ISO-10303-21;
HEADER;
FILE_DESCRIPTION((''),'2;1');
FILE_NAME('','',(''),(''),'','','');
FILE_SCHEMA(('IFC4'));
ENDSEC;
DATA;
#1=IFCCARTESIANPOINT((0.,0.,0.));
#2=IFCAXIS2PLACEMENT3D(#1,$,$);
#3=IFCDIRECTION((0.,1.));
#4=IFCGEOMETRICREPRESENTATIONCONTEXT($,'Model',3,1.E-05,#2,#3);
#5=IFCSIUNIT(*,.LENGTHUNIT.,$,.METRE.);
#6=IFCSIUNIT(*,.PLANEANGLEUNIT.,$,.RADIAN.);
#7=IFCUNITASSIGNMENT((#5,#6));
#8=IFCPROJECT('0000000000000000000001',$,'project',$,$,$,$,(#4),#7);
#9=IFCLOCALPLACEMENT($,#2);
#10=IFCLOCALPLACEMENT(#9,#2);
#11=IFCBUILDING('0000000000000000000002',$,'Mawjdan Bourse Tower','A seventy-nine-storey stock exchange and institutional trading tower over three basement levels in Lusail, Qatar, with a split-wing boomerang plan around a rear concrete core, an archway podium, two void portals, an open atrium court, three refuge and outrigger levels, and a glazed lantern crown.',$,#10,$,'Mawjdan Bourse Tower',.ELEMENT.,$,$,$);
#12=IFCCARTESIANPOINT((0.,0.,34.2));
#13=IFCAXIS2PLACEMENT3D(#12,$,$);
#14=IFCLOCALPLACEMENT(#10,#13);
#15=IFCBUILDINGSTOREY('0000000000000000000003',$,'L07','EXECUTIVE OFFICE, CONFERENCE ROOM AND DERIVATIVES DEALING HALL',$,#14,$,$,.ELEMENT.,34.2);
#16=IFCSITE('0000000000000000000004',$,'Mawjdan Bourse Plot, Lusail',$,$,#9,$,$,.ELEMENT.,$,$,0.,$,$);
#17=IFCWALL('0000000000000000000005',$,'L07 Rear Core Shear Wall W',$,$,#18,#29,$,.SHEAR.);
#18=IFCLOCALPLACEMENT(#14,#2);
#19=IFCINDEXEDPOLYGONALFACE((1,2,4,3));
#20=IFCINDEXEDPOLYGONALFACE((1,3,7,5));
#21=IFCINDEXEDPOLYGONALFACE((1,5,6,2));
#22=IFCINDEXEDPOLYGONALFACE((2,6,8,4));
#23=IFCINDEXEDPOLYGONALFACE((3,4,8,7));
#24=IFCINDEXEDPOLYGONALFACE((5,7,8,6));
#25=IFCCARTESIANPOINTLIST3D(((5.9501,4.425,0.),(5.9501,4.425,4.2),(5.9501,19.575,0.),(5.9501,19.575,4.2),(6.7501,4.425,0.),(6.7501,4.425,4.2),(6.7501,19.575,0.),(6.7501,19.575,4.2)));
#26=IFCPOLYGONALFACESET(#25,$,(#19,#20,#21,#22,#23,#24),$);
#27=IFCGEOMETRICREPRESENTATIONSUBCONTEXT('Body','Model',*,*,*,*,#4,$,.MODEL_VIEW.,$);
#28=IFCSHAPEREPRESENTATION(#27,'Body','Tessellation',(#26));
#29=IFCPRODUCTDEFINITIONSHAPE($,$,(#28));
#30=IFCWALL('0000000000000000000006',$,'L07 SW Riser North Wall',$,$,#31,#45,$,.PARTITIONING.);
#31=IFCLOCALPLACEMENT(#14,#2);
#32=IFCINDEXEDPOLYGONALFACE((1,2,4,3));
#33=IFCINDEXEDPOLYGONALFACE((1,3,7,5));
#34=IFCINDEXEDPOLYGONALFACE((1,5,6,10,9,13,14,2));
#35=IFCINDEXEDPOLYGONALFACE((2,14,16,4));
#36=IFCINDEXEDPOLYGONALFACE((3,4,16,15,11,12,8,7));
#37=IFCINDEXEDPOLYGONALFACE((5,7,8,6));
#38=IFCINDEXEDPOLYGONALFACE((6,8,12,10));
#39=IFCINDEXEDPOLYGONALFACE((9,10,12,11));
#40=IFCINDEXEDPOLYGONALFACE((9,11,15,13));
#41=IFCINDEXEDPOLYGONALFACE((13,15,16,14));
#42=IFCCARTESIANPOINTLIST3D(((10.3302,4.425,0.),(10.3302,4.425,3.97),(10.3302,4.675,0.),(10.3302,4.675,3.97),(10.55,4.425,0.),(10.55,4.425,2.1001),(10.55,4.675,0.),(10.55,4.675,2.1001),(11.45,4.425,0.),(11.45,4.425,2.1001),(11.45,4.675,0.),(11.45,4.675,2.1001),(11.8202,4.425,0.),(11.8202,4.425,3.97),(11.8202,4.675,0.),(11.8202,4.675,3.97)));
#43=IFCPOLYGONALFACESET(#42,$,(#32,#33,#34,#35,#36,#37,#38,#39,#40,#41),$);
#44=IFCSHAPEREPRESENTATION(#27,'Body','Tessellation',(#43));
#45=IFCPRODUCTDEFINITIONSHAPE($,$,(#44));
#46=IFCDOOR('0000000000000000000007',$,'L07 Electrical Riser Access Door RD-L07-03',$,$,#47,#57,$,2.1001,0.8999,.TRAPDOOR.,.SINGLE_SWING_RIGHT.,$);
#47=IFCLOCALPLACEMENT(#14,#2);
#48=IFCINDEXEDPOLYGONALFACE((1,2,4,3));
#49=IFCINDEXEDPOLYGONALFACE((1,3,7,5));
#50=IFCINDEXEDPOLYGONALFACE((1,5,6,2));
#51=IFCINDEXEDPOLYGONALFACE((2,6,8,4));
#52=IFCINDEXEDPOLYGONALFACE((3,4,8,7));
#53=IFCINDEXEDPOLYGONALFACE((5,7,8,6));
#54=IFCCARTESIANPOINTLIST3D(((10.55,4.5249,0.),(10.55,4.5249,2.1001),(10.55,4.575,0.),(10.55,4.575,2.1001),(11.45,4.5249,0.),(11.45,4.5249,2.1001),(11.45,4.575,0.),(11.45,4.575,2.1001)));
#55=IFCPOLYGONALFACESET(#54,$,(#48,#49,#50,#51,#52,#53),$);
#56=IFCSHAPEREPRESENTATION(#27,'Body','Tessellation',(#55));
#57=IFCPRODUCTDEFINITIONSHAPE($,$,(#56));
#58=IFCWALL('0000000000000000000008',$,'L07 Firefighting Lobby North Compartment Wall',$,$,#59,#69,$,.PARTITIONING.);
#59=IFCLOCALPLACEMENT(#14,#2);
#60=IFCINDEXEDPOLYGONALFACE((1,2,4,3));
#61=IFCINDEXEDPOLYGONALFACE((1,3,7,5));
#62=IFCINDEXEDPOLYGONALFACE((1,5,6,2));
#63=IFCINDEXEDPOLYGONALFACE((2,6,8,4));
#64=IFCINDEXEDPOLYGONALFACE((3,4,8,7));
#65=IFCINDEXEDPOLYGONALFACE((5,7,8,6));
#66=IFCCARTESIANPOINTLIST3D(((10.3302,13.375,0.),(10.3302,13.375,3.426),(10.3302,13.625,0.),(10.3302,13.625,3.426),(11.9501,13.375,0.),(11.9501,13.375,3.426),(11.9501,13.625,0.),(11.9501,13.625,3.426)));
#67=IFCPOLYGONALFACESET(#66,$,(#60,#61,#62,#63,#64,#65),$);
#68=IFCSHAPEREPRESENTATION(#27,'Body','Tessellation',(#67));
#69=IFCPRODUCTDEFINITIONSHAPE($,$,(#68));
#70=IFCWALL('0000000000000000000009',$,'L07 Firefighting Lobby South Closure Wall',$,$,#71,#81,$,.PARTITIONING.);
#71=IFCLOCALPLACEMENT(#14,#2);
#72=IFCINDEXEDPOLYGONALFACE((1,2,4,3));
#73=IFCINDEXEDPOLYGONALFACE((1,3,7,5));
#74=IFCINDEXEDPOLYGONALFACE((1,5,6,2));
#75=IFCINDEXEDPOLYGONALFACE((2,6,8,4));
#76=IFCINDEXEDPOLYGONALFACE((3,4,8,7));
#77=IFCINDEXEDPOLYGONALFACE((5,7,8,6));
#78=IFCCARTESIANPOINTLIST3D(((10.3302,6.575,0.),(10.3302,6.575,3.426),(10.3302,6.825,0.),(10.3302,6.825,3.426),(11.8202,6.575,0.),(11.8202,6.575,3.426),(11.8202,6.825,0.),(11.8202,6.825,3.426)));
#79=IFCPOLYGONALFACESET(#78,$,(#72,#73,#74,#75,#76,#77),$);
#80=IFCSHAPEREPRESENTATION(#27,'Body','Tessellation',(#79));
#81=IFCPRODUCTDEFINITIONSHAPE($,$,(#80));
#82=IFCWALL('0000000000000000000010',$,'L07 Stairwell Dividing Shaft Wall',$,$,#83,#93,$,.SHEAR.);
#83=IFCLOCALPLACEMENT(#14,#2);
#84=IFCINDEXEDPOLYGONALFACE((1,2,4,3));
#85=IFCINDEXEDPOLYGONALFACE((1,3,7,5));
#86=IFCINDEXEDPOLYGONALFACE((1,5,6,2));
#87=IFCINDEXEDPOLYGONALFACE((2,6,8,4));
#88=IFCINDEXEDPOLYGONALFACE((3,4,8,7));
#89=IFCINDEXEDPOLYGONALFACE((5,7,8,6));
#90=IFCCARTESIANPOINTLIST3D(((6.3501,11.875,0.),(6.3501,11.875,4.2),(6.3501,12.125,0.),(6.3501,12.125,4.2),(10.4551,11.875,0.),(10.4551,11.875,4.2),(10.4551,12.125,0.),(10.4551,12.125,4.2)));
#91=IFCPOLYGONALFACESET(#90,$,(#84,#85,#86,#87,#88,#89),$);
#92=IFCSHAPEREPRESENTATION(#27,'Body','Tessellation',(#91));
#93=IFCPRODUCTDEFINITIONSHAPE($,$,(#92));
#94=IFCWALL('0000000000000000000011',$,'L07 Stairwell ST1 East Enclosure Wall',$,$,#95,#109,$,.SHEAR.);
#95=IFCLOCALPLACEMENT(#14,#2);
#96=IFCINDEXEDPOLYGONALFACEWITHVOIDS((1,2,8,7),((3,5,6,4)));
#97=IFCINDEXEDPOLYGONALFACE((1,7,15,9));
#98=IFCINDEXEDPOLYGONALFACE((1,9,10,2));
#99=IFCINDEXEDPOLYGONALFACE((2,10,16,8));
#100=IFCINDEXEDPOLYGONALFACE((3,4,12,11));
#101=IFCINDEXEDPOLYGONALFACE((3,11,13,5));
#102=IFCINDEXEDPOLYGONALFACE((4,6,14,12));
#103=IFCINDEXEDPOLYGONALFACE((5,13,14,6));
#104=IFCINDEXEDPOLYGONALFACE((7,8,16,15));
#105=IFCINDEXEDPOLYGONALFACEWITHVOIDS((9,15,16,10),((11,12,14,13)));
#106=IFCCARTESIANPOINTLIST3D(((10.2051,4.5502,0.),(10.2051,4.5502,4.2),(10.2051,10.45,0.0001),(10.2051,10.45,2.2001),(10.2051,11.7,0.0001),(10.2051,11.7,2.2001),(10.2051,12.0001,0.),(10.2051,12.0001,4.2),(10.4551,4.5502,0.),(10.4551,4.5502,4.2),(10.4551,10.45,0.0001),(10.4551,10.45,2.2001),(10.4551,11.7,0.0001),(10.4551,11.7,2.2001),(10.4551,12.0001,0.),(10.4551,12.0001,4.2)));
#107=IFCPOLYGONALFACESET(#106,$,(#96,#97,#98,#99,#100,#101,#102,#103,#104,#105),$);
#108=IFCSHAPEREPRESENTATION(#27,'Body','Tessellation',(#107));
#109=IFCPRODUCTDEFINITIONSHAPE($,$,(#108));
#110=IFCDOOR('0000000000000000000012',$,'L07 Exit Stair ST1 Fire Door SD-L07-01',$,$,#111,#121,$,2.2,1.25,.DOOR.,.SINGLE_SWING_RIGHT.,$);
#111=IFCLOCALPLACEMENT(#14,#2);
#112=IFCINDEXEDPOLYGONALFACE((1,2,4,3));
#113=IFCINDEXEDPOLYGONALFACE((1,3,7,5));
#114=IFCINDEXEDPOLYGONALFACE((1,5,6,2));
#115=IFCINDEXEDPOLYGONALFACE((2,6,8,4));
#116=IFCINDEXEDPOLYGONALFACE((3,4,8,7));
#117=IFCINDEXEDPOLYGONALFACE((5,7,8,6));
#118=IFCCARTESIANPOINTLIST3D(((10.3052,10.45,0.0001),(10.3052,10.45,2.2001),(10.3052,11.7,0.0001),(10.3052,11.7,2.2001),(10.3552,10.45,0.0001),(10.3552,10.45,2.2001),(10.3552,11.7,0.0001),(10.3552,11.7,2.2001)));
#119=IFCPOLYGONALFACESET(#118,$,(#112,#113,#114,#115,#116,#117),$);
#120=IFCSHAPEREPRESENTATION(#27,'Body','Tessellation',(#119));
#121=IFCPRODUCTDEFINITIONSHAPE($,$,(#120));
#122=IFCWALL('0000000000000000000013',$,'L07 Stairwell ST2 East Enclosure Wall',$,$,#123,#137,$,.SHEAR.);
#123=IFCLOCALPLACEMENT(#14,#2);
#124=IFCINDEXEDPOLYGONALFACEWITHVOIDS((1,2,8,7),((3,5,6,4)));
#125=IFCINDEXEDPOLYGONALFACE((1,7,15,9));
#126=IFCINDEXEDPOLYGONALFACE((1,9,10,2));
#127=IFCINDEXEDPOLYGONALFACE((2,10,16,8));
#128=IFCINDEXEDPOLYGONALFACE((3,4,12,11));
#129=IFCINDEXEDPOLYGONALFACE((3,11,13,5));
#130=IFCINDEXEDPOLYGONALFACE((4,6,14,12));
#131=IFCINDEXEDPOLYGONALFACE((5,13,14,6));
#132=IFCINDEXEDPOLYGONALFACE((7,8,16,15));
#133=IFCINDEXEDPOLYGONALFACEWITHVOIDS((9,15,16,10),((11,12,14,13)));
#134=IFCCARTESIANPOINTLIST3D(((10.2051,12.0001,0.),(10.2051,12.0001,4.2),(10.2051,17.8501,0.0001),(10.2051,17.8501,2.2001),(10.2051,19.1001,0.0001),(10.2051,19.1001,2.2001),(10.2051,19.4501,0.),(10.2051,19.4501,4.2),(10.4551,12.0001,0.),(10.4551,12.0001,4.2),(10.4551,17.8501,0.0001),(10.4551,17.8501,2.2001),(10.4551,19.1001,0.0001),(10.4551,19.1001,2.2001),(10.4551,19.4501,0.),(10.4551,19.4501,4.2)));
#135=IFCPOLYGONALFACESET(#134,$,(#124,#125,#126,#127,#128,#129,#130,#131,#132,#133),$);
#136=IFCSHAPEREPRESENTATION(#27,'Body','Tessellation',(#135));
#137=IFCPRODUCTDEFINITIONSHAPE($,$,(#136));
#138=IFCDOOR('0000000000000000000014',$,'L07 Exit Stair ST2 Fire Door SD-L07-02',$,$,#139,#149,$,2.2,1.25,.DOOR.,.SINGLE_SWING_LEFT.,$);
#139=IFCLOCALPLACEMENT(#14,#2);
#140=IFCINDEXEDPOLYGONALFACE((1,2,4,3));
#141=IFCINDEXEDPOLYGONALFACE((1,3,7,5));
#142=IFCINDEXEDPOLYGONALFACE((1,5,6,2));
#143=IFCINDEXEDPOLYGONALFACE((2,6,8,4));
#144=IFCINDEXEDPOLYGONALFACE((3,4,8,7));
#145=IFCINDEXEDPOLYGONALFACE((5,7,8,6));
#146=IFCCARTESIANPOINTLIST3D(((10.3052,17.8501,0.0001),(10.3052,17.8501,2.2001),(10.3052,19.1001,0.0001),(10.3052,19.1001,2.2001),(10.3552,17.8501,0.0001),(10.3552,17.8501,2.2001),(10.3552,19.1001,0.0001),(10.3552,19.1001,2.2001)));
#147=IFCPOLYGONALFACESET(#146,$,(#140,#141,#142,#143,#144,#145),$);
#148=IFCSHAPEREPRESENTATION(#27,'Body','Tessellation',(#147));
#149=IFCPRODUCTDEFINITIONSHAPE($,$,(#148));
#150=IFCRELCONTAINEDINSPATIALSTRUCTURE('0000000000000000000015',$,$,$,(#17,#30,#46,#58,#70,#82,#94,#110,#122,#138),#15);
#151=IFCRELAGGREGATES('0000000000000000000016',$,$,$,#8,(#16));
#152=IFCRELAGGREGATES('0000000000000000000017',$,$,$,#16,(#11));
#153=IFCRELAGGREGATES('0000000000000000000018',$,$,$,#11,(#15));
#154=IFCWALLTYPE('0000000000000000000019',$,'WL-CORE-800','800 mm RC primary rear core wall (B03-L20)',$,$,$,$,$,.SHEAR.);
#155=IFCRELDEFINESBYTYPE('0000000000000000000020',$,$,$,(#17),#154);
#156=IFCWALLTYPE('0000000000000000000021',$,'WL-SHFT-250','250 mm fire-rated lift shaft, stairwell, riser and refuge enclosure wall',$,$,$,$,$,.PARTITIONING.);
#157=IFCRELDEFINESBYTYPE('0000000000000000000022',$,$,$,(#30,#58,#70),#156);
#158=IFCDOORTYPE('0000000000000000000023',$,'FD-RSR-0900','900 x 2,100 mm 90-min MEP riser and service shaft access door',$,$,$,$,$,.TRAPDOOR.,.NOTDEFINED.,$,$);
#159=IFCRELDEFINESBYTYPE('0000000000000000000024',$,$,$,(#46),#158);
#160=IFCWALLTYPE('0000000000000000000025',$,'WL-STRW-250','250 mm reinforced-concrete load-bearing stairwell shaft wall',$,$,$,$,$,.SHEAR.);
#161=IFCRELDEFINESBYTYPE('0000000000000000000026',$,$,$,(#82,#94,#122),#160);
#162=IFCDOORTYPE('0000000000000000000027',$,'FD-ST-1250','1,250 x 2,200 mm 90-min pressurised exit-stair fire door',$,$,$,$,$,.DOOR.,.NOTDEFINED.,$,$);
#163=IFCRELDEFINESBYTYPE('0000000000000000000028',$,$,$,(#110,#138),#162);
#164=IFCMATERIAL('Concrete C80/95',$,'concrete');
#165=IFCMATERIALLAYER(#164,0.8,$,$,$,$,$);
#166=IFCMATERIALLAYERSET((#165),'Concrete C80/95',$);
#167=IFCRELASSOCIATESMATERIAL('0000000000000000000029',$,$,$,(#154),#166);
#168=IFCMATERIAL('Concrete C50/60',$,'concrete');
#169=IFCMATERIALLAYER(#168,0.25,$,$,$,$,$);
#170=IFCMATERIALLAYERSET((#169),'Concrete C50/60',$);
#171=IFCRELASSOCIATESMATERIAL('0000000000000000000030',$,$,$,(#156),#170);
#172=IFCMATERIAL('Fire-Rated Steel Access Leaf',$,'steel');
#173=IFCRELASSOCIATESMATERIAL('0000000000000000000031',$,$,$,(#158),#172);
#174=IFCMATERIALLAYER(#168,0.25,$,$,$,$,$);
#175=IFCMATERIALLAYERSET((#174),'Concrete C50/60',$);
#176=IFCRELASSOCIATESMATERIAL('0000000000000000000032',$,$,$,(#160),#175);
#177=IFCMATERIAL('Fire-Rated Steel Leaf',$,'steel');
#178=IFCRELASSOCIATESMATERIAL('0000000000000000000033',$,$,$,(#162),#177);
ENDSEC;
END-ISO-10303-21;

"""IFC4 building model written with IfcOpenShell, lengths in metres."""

from ifc_helpers import new_model, si_unit, direction, frame, frame_2d, origin, place, context, subcontext, project, spatial, rectangle, extrude, material, layer, layer_set, type_object, element, fill, save


model = new_model("IFC4")

# Units and contexts
model_context = context("Model", 3, precision=1e-05, world=origin(), true_north=direction((0.0, 1.0)))
body_context = subcontext(model_context, "Body", "Model", "MODEL_VIEW")
ifc_project = project(units=[si_unit("LENGTHUNIT", "METRE"), si_unit("PLANEANGLEUNIT", "RADIAN")], contexts=[model_context])

# Site, building, storey
site_placement = place(None, origin())
site = spatial("IfcSite", under=ifc_project, at=site_placement, Name="Mawjdan Bourse Plot, Lusail", CompositionType="ELEMENT", RefElevation=0.0)
building_placement = place(site_placement, origin())
building = spatial("IfcBuilding", under=site, at=building_placement, Name="Mawjdan Bourse Tower", Description="A seventy-nine-storey stock exchange and institutional trading tower over three basement levels in Lusail, Qatar, with a split-wing boomerang plan around a rear concrete core, an archway podium, two void portals, an open atrium court, three refuge and outrigger levels, and a glazed lantern crown.", LongName="Mawjdan Bourse Tower", CompositionType="ELEMENT")
storey_placement = place(building_placement, frame((0.0, 0.0, 34.2)))
storey = spatial("IfcBuildingStorey", under=building, at=storey_placement, Name="L07", Description="EXECUTIVE OFFICE, CONFERENCE ROOM AND DERIVATIVES DEALING HALL", CompositionType="ELEMENT", Elevation=34.2)

# Shared definitions
ifc_material_1 = material(Name="Concrete C50/60", Category="concrete")

# Wall
ifc_material_2 = material(Name="Concrete C80/95", Category="concrete")
ifc_layer_1 = layer(ifc_material_2, 0.8)
ifc_layer_set_1 = layer_set([ifc_layer_1], Name="Concrete C80/95")
wall_type_1 = type_object("IfcWallType", Name="WL-CORE-800", Description="800 mm RC primary rear core wall (B03-L20)", PredefinedType="SHEAR", material=ifc_layer_set_1)
wall_1_placement = place(storey_placement, frame((6.3501, 4.425, 0.0), z_axis=(0.0, 0.0, 1.0), x_axis=(0.0, 1.0, 0.0)))
element("IfcWall", 1, at=wall_1_placement, inside=storey, type_object=wall_type_1, Name="L07 Rear Core Shear Wall W", PredefinedType="SHEAR", context=body_context, shape_type="SweptSolid", body=[
    extrude(rectangle(XDim=15.1499, YDim=0.8, at=frame_2d((7.575, 0.0))), origin(), (0.0, 0.0, 1.0), 4.2),
])

# Wall, opening, door
ifc_layer_2 = layer(ifc_material_1, 0.25)
ifc_layer_set_2 = layer_set([ifc_layer_2], Name="Concrete C50/60")
wall_type_2 = type_object("IfcWallType", Name="WL-SHFT-250", Description="250 mm fire-rated lift shaft, stairwell, riser and refuge enclosure wall", PredefinedType="PARTITIONING", material=ifc_layer_set_2)
wall_2_placement = place(storey_placement, frame((10.3301, 4.55, 0.0), z_axis=(0.0, 0.0, 1.0), x_axis=(1.0, 0.0, 0.0)))
wall_2 = element("IfcWall", 2, at=wall_2_placement, inside=storey, type_object=wall_type_2, Name="L07 SW Riser North Wall", PredefinedType="PARTITIONING", context=body_context, shape_type="SweptSolid", body=[
    extrude(rectangle(XDim=1.49, YDim=0.25, at=frame_2d((0.7451, 0.0))), origin(), (0.0, 0.0, 1.0), 3.97),
])
opening_1_placement = place(wall_2_placement, frame((0.22, 0.0, 0.0)))
opening_1 = element("IfcOpeningElement", 3, at=opening_1_placement, cuts=wall_2, PredefinedType="OPENING", context=body_context, shape_type="SweptSolid", body=[
    extrude(rectangle(XDim=0.8999, YDim=2.1001, at=frame_2d((0.45, 1.05))), frame((0.0, 0.135, 0.0), z_axis=(0.0, -1.0, 0.0), x_axis=(1.0, 0.0, 0.0)), (0.0, 0.0, 1.0), 0.27),
])
ifc_material_3 = material(Name="Fire-Rated Steel Access Leaf", Category="steel")
door_type_1 = type_object("IfcDoorType", Name="FD-RSR-0900", Description="900 x 2,100 mm 90-min MEP riser and service shaft access door", OperationType="NOTDEFINED", PredefinedType="TRAPDOOR", material=ifc_material_3)
door_1_placement = place(opening_1_placement, origin())
door_1 = element("IfcDoor", 4, at=door_1_placement, inside=storey, type_object=door_type_1, Name="L07 Electrical Riser Access Door RD-L07-03", OperationType="SINGLE_SWING_RIGHT", OverallHeight=2.1001, OverallWidth=0.8999, PredefinedType="TRAPDOOR", context=body_context, shape_type="SweptSolid", body=[
    extrude(rectangle(XDim=0.8999, YDim=2.1001, at=frame_2d((0.45, 1.05))), frame((0.0, 0.0249, 0.0), z_axis=(0.0, -1.0, 0.0), x_axis=(1.0, 0.0, 0.0)), (0.0, 0.0, 1.0), 0.05),
])
fill(opening_1, door_1)

# Walls
wall_3_placement = place(storey_placement, frame((10.3301, 13.5, 0.0), z_axis=(0.0, 0.0, 1.0), x_axis=(1.0, 0.0, 0.0)))
element("IfcWall", 5, at=wall_3_placement, inside=storey, type_object=wall_type_2, Name="L07 Firefighting Lobby North Compartment Wall", PredefinedType="PARTITIONING", context=body_context, shape_type="SweptSolid", body=[
    extrude(rectangle(XDim=1.6199, YDim=0.25, at=frame_2d((0.8101, 0.0))), origin(), (0.0, 0.0, 1.0), 3.426),
])
wall_4_placement = place(storey_placement, frame((10.3301, 6.7, 0.0), z_axis=(0.0, 0.0, 1.0), x_axis=(1.0, 0.0, 0.0)))
element("IfcWall", 6, at=wall_4_placement, inside=storey, type_object=wall_type_2, Name="L07 Firefighting Lobby South Closure Wall", PredefinedType="PARTITIONING", context=body_context, shape_type="SweptSolid", body=[
    extrude(rectangle(XDim=1.49, YDim=0.25, at=frame_2d((0.7451, 0.0))), origin(), (0.0, 0.0, 1.0), 3.426),
])
ifc_layer_3 = layer(ifc_material_1, 0.25)
ifc_layer_set_3 = layer_set([ifc_layer_3], Name="Concrete C50/60")
wall_type_3 = type_object("IfcWallType", Name="WL-STRW-250", Description="250 mm reinforced-concrete load-bearing stairwell shaft wall", PredefinedType="SHEAR", material=ifc_layer_set_3)
wall_5_placement = place(storey_placement, frame((6.3501, 12.0, 0.0), z_axis=(0.0, 0.0, 1.0), x_axis=(1.0, 0.0, 0.0)))
element("IfcWall", 7, at=wall_5_placement, inside=storey, type_object=wall_type_3, Name="L07 Stairwell Dividing Shaft Wall", PredefinedType="SHEAR", context=body_context, shape_type="SweptSolid", body=[
    extrude(rectangle(XDim=4.105, YDim=0.25, at=frame_2d((2.0525, 0.0))), origin(), (0.0, 0.0, 1.0), 4.2),
])

# Walls, openings, doors
wall_6_placement = place(storey_placement, frame((10.3301, 4.55, 0.0), z_axis=(0.0, 0.0, 1.0), x_axis=(0.0, 1.0, 0.0)))
wall_6 = element("IfcWall", 8, at=wall_6_placement, inside=storey, type_object=wall_type_3, Name="L07 Stairwell ST1 East Enclosure Wall", PredefinedType="SHEAR", context=body_context, shape_type="SweptSolid", body=[
    extrude(rectangle(XDim=7.45, YDim=0.25, at=frame_2d((3.7251, 0.0))), origin(), (0.0, 0.0, 1.0), 4.2),
])
opening_2_placement = place(wall_6_placement, frame((5.8999, 0.0, 0.0)))
opening_2 = element("IfcOpeningElement", 9, at=opening_2_placement, cuts=wall_6, PredefinedType="OPENING", context=body_context, shape_type="SweptSolid", body=[
    extrude(rectangle(XDim=1.25, YDim=2.2, at=frame_2d((0.625, 1.1001))), frame((0.0, 0.135, 0.0), z_axis=(0.0, -1.0, 0.0), x_axis=(1.0, 0.0, 0.0)), (0.0, 0.0, 1.0), 0.27),
])
ifc_material_4 = material(Name="Fire-Rated Steel Leaf", Category="steel")
door_type_2 = type_object("IfcDoorType", Name="FD-ST-1250", Description="1,250 x 2,200 mm 90-min pressurised exit-stair fire door", OperationType="NOTDEFINED", PredefinedType="DOOR", material=ifc_material_4)
door_2_placement = place(opening_2_placement, origin())
door_2 = element("IfcDoor", 10, at=door_2_placement, inside=storey, type_object=door_type_2, Name="L07 Exit Stair ST1 Fire Door SD-L07-01", OperationType="SINGLE_SWING_RIGHT", OverallHeight=2.2, OverallWidth=1.25, PredefinedType="DOOR", context=body_context, shape_type="SweptSolid", body=[
    extrude(rectangle(XDim=1.25, YDim=2.2, at=frame_2d((0.625, 1.1001))), frame((0.0, 0.0249, 0.0), z_axis=(0.0, -1.0, 0.0), x_axis=(1.0, 0.0, 0.0)), (0.0, 0.0, 1.0), 0.05),
])
fill(opening_2, door_2)
wall_7_placement = place(storey_placement, frame((10.3301, 12.0, 0.0), z_axis=(0.0, 0.0, 1.0), x_axis=(0.0, 1.0, 0.0)))
wall_7 = element("IfcWall", 11, at=wall_7_placement, inside=storey, type_object=wall_type_3, Name="L07 Stairwell ST2 East Enclosure Wall", PredefinedType="SHEAR", context=body_context, shape_type="SweptSolid", body=[
    extrude(rectangle(XDim=7.45, YDim=0.25, at=frame_2d((3.7251, 0.0))), origin(), (0.0, 0.0, 1.0), 4.2),
])
opening_3_placement = place(wall_7_placement, frame((5.8501, 0.0, 0.0)))
opening_3 = element("IfcOpeningElement", 12, at=opening_3_placement, cuts=wall_7, PredefinedType="OPENING", context=body_context, shape_type="SweptSolid", body=[
    extrude(rectangle(XDim=1.25, YDim=2.2, at=frame_2d((0.625, 1.1001))), frame((0.0, 0.135, 0.0), z_axis=(0.0, -1.0, 0.0), x_axis=(1.0, 0.0, 0.0)), (0.0, 0.0, 1.0), 0.27),
])
door_3_placement = place(opening_3_placement, origin())
door_3 = element("IfcDoor", 13, at=door_3_placement, inside=storey, type_object=door_type_2, Name="L07 Exit Stair ST2 Fire Door SD-L07-02", OperationType="SINGLE_SWING_LEFT", OverallHeight=2.2, OverallWidth=1.25, PredefinedType="DOOR", context=body_context, shape_type="SweptSolid", body=[
    extrude(rectangle(XDim=1.25, YDim=2.2, at=frame_2d((0.625, 1.1001))), frame((0.0, 0.0249, 0.0), z_axis=(0.0, -1.0, 0.0), x_axis=(1.0, 0.0, 0.0)), (0.0, 0.0, 1.0), 0.05),
])
fill(opening_3, door_3)

save(model, "model.ifc")
